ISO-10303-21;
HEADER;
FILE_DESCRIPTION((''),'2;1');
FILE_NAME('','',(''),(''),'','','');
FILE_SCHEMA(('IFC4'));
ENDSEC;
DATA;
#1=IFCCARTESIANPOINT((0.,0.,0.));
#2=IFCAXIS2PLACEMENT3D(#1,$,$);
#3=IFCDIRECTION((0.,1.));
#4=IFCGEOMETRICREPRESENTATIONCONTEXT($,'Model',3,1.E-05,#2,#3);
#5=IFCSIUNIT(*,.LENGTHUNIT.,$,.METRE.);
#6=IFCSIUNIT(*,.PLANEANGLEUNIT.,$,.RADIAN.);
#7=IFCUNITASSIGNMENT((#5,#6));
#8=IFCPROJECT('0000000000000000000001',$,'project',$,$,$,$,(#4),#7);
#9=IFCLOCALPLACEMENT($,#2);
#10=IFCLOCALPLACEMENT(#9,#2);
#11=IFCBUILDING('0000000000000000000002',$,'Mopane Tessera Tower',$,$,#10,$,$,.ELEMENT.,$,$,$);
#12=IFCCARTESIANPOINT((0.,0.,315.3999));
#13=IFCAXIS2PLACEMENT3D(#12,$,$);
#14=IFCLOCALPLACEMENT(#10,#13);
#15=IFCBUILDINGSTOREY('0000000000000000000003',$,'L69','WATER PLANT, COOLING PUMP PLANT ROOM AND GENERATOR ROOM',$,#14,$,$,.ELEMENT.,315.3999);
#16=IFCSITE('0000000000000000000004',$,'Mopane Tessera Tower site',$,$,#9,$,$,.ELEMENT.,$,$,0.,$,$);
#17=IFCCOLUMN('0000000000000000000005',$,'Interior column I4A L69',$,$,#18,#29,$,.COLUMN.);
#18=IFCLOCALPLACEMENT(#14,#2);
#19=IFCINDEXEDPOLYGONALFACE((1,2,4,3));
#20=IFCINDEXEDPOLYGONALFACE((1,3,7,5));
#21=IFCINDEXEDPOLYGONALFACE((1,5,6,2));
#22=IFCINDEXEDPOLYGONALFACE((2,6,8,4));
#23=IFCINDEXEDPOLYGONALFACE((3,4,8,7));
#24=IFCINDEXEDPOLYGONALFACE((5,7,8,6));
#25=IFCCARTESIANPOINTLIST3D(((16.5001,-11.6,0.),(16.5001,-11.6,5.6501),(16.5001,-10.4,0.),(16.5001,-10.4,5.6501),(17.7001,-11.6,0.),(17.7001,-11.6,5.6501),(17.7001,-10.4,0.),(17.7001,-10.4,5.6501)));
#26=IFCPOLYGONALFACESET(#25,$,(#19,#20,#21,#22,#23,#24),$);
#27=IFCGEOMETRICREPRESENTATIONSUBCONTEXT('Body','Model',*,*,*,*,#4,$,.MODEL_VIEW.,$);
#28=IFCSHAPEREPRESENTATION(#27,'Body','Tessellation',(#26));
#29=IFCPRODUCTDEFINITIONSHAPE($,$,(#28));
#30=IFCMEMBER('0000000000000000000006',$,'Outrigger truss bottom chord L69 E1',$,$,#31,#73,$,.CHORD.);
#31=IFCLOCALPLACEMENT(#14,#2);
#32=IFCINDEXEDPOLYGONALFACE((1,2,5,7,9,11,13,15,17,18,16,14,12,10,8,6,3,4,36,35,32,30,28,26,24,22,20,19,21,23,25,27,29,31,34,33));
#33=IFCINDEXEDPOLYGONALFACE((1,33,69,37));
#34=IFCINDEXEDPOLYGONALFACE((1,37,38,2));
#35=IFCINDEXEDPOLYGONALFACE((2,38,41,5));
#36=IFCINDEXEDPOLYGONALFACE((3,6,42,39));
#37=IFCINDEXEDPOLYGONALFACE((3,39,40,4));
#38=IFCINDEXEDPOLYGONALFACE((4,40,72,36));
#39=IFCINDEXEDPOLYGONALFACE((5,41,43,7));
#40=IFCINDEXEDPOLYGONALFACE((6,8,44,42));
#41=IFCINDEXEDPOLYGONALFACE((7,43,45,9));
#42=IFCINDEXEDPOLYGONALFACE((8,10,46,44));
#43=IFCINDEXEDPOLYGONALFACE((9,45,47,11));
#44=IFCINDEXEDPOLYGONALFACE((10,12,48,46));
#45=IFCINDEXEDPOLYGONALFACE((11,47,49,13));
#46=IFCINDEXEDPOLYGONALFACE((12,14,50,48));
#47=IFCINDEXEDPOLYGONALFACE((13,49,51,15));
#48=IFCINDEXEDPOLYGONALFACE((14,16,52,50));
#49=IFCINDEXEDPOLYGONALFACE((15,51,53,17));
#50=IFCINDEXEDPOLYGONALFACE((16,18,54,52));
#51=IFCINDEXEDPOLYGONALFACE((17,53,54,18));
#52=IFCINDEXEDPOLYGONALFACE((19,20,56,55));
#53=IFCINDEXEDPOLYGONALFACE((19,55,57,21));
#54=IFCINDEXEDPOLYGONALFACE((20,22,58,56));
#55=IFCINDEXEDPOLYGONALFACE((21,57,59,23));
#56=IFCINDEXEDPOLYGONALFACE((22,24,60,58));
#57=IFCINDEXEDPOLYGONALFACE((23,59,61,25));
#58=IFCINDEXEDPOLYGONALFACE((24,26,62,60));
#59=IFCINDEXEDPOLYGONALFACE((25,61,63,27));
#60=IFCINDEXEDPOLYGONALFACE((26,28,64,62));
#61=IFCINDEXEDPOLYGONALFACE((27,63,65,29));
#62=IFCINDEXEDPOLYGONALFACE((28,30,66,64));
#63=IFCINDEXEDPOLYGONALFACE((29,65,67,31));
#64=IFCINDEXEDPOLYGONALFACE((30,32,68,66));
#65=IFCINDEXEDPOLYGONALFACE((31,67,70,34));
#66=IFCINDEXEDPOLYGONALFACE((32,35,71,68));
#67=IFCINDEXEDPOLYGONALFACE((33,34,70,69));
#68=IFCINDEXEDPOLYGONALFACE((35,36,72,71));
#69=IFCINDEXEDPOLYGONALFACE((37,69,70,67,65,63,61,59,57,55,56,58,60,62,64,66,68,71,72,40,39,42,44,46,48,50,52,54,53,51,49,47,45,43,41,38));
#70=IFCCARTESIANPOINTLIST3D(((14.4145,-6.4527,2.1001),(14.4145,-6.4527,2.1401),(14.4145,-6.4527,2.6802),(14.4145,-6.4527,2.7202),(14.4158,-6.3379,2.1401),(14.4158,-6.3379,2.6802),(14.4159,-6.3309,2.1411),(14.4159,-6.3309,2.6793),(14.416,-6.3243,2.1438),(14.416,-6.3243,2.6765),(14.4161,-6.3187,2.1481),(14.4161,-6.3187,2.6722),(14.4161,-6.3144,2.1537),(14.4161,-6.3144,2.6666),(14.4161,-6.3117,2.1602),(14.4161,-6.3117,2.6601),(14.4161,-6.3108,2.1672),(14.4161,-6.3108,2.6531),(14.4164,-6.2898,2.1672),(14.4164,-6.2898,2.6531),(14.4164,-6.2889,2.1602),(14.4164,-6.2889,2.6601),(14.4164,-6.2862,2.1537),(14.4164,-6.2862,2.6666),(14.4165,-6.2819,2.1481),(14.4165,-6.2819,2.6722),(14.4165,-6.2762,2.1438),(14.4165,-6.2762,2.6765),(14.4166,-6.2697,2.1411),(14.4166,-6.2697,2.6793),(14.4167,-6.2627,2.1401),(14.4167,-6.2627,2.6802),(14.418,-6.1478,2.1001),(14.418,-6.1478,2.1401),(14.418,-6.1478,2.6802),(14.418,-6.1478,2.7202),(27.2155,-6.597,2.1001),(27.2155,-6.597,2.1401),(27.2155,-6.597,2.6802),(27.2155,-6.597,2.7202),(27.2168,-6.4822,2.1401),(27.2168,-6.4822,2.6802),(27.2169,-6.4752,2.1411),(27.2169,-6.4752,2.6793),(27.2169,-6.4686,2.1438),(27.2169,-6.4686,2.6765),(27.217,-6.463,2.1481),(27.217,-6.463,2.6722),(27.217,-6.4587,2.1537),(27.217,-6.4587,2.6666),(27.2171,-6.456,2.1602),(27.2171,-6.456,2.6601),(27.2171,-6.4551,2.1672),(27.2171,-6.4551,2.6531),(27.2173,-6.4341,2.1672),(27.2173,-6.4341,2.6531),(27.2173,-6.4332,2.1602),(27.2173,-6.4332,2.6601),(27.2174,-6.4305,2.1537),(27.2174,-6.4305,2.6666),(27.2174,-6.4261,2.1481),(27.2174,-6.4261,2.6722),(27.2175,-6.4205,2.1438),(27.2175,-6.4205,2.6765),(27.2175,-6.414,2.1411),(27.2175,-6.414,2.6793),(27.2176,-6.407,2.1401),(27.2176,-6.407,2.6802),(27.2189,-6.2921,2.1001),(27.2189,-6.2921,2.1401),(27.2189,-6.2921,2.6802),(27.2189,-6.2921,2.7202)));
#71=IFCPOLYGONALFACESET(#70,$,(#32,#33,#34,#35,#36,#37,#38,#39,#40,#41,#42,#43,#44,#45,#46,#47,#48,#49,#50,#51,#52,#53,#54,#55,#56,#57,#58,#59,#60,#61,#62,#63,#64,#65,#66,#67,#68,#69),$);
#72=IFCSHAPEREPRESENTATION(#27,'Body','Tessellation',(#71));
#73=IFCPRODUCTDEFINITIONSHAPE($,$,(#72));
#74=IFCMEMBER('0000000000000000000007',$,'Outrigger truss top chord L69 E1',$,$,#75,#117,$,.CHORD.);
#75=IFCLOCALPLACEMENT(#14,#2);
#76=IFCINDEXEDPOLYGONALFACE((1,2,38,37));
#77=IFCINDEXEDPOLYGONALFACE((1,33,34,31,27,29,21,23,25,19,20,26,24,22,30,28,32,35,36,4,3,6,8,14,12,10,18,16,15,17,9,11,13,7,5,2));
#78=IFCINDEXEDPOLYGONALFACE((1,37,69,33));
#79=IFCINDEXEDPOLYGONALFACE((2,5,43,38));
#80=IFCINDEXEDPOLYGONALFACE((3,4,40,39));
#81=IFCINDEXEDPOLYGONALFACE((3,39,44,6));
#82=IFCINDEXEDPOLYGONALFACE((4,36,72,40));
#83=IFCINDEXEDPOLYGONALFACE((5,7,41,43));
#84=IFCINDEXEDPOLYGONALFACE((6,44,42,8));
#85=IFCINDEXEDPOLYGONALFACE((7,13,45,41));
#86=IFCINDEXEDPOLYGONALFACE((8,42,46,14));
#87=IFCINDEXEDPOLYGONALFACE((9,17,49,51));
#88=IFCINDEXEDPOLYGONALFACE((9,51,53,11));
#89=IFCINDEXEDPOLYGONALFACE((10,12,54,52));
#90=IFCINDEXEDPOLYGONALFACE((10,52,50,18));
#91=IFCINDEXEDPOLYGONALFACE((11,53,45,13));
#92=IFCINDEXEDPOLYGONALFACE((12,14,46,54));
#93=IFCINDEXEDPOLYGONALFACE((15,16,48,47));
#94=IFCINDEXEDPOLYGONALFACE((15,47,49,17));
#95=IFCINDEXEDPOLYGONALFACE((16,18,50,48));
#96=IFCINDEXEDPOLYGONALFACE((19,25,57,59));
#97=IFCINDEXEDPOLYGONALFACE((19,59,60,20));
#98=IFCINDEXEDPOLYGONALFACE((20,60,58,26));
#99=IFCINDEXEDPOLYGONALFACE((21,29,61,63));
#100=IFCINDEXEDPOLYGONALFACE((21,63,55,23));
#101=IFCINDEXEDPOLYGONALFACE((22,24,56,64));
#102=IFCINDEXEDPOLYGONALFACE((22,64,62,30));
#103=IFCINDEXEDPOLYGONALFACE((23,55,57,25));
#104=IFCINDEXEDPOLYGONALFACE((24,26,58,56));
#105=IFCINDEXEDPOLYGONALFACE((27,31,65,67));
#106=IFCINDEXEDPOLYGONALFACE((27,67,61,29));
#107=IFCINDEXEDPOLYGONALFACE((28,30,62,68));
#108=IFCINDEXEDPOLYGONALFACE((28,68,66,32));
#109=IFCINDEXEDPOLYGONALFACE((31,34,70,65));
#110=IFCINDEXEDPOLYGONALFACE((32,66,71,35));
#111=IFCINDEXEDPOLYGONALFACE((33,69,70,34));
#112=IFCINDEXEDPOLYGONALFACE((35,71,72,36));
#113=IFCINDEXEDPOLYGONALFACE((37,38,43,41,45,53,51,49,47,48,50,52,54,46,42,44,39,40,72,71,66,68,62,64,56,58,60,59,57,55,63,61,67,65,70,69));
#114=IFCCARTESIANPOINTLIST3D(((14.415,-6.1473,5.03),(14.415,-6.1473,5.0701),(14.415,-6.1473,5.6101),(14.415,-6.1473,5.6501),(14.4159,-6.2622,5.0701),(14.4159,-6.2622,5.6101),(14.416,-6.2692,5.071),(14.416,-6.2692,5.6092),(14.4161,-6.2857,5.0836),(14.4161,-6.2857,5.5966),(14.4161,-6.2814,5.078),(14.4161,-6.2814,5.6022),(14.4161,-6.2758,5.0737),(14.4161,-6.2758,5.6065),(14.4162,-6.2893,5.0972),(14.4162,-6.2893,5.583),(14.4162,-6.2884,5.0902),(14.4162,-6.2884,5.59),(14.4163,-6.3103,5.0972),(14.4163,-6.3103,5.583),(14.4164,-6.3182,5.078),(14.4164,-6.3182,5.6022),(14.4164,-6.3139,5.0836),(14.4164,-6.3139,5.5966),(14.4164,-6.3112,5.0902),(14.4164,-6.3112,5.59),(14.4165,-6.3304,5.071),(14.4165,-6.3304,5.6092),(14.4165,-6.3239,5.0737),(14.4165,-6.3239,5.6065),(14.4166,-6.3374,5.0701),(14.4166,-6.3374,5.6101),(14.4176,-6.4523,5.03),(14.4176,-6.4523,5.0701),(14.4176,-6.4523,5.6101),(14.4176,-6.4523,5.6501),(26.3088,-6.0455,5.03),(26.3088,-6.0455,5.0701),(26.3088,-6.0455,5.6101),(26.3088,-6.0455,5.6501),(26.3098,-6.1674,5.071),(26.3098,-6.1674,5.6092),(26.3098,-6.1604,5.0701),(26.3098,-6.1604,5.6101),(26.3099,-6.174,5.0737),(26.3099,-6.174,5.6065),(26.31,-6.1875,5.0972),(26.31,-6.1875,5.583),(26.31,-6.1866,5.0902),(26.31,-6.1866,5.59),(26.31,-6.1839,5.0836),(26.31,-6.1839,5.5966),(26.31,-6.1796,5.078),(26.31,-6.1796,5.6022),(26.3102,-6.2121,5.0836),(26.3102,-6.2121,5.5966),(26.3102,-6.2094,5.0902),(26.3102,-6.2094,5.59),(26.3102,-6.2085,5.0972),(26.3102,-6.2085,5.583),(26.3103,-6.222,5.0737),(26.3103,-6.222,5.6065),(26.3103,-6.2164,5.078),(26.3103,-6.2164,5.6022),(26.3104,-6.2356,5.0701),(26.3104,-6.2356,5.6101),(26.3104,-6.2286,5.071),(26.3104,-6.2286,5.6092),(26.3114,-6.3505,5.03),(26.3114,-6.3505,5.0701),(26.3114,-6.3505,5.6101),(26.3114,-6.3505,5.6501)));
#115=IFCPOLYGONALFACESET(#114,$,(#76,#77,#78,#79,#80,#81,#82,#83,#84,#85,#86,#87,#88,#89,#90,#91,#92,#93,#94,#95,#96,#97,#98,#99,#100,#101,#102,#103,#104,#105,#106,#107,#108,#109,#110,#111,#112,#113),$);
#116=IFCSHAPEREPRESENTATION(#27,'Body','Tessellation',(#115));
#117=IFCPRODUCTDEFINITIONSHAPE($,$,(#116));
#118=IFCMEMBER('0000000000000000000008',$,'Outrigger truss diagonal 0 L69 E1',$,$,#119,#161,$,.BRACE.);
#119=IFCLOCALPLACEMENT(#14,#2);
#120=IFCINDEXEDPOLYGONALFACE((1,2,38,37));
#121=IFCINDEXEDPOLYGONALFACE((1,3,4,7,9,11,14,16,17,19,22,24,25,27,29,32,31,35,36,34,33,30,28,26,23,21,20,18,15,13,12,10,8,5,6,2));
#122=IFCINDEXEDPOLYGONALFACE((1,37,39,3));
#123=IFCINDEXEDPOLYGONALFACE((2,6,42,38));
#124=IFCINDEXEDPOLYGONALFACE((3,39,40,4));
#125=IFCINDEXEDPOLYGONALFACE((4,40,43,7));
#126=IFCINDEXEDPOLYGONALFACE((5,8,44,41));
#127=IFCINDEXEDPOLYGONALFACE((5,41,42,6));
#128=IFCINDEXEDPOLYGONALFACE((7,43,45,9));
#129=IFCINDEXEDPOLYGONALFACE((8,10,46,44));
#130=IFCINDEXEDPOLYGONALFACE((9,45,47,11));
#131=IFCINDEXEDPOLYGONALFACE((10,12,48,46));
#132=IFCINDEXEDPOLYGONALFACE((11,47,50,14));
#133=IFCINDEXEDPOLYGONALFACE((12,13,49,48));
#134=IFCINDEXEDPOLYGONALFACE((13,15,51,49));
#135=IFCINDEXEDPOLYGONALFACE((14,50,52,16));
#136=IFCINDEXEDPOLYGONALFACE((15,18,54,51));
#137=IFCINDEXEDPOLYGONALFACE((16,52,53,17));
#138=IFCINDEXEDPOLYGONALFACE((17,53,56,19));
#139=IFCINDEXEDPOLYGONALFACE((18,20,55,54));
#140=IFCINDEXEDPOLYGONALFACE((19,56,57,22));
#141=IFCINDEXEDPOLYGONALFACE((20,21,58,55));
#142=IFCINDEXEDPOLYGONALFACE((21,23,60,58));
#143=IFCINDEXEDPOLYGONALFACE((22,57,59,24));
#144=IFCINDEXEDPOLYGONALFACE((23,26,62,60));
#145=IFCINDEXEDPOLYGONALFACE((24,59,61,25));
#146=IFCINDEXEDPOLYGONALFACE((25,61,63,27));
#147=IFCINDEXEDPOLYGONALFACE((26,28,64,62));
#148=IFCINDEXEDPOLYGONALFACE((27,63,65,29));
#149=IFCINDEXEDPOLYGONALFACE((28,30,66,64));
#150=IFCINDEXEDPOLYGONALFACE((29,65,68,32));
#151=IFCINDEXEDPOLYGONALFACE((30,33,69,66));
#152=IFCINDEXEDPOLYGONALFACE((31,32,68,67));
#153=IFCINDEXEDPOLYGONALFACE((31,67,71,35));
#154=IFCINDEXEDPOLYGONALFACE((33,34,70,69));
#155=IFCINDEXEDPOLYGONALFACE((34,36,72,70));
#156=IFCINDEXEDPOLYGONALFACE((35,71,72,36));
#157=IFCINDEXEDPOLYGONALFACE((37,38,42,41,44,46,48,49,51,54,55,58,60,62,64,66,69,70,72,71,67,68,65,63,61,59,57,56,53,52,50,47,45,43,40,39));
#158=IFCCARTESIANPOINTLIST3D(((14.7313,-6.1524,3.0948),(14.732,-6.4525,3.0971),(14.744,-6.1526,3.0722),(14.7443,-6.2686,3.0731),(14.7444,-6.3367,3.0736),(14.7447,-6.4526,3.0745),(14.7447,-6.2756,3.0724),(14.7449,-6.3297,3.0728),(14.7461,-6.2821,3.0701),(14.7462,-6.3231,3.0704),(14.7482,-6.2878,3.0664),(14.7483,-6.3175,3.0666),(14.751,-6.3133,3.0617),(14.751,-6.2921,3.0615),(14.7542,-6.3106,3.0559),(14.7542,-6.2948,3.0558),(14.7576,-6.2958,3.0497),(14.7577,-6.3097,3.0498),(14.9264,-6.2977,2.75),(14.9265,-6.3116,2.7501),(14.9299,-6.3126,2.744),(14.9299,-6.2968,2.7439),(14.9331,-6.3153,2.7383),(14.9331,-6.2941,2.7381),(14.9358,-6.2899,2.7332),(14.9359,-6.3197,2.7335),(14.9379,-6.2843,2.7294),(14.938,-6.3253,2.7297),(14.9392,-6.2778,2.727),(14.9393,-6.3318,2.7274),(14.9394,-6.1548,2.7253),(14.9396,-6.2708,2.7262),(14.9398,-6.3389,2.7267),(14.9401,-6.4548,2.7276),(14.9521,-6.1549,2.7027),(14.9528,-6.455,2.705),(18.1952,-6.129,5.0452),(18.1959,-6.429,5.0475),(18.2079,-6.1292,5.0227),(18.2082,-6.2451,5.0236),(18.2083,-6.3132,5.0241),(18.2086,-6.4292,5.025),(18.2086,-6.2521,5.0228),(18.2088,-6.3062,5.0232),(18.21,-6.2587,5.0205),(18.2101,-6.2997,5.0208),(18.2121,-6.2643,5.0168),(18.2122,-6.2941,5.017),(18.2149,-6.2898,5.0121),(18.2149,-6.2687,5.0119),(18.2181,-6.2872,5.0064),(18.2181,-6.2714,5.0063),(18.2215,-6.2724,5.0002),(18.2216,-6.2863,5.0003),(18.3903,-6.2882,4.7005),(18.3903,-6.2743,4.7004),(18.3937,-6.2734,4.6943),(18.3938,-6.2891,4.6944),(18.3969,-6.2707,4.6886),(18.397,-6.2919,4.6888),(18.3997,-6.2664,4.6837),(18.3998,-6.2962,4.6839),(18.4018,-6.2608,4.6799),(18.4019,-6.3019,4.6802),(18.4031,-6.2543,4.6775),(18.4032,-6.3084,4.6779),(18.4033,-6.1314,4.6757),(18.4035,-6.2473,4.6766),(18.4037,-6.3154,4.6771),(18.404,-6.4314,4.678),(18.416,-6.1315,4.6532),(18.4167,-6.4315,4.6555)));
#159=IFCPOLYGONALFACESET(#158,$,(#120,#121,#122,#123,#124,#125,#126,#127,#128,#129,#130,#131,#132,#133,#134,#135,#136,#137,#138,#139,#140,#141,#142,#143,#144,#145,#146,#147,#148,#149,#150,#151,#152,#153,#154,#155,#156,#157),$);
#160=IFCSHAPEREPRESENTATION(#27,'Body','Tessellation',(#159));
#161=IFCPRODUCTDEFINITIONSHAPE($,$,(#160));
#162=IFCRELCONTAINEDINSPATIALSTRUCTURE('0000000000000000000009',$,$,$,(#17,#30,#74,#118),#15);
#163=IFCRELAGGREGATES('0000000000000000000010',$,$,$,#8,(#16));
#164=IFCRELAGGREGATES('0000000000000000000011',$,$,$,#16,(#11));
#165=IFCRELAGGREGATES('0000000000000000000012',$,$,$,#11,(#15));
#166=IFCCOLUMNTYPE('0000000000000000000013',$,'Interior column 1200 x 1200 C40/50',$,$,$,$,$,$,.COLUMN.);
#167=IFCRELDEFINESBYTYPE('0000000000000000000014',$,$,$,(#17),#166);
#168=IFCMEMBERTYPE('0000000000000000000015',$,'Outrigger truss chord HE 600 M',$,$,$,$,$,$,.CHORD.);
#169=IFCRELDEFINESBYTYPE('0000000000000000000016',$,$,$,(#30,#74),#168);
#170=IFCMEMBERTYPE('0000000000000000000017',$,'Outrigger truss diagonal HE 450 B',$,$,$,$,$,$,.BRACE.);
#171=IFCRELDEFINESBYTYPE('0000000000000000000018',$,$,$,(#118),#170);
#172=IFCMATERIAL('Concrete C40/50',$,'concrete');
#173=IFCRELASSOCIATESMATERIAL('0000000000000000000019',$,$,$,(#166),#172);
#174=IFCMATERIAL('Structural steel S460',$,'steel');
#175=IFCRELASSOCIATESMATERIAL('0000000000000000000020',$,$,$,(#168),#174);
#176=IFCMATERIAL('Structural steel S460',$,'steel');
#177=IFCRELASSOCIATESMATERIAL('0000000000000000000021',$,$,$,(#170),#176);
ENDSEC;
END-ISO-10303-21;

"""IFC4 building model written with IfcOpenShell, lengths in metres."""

from ifc_helpers import new_model, si_unit, direction, frame, origin, origin_2d, place, context, subcontext, project, spatial, rectangle, i_section, extrude, material, material_profile, profile_set, type_object, element, save


model = new_model("IFC4")

# Units and contexts
model_context = context("Model", 3, precision=1e-05, world=origin(), true_north=direction((0.0, 1.0)))
body_context = subcontext(model_context, "Body", "Model", "MODEL_VIEW")
ifc_project = project(units=[si_unit("LENGTHUNIT", "METRE"), si_unit("PLANEANGLEUNIT", "RADIAN")], contexts=[model_context])

# Site, building, storey
site_placement = place(None, origin())
site = spatial("IfcSite", under=ifc_project, at=site_placement, Name="Mopane Tessera Tower site", CompositionType="ELEMENT", RefElevation=0.0)
building_placement = place(site_placement, origin())
building = spatial("IfcBuilding", under=site, at=building_placement, Name="Mopane Tessera Tower", CompositionType="ELEMENT")
storey_placement = place(building_placement, frame((0.0, 0.0, 315.3999)))
storey = spatial("IfcBuildingStorey", under=building, at=storey_placement, Name="L69", Description="WATER PLANT, COOLING PUMP PLANT ROOM AND GENERATOR ROOM", CompositionType="ELEMENT", Elevation=315.3999)

# Column
ifc_material_1 = material(Name="Concrete C40/50", Category="concrete")
ifc_material_profile_1 = material_profile(ifc_material_1, rectangle(XDim=1.2, YDim=1.2, at=origin_2d()))
ifc_profile_set_1 = profile_set([ifc_material_profile_1], Name="Concrete C40/50")
column_type = type_object("IfcColumnType", Name="Interior column 1200 x 1200 C40/50", PredefinedType="COLUMN", material=ifc_profile_set_1)
column_placement = place(storey_placement, frame((17.1001, -11.0, 0.0), z_axis=(0.0, 0.0, 1.0), x_axis=(1.0, 0.0, 0.0)))
element("IfcColumn", 1, at=column_placement, inside=storey, type_object=column_type, Name="Interior column I4A L69", PredefinedType="COLUMN", context=body_context, shape_type="SweptSolid", body=[
    extrude(rectangle(XDim=1.2, YDim=1.2, at=origin_2d()), origin(), (0.0, 0.0, 1.0), 5.6501),
])

# Members
ifc_material_2 = material(Name="Structural steel S460", Category="steel")
ifc_material_profile_2 = material_profile(ifc_material_2, i_section(OverallWidth=0.3049, OverallDepth=0.6201, WebThickness=0.021, FlangeThickness=0.04, FilletRadius=0.0271, at=origin_2d()))
ifc_profile_set_2 = profile_set([ifc_material_profile_2], Name="Structural steel S460")
member_type_1 = type_object("IfcMemberType", Name="Outrigger truss chord HE 600 M", PredefinedType="CHORD", material=ifc_profile_set_2)
member_1_placement = place(storey_placement, frame((14.4163, -6.3003, 2.4102), z_axis=(0.999936, -0.011271, 0.0), x_axis=(0.011271, 0.999936, 0.0)))
element("IfcMember", 2, at=member_1_placement, inside=storey, type_object=member_type_1, Name="Outrigger truss bottom chord L69 E1", PredefinedType="CHORD", context=body_context, shape_type="SweptSolid", body=[
    extrude(i_section(OverallWidth=0.3049, OverallDepth=0.6201, WebThickness=0.021, FlangeThickness=0.04, FilletRadius=0.0271, at=origin_2d()), origin(), (0.0, 0.0, 1.0), 12.8018),
])
member_2_placement = place(storey_placement, frame((14.4163, -6.2998, 5.3401), z_axis=(0.999963, 0.008559, 0.0), x_axis=(-0.008559, 0.999963, 0.0)))
element("IfcMember", 3, at=member_2_placement, inside=storey, type_object=member_type_1, Name="Outrigger truss top chord L69 E1", PredefinedType="CHORD", context=body_context, shape_type="SweptSolid", body=[
    extrude(i_section(OverallWidth=0.3049, OverallDepth=0.6201, WebThickness=0.021, FlangeThickness=0.04, FilletRadius=0.0271, at=origin_2d()), origin(), (0.0, 0.0, 1.0), 11.8943),
])
ifc_material_3 = material(Name="Structural steel S460", Category="steel")
ifc_material_profile_3 = material_profile(ifc_material_3, i_section(OverallWidth=0.3, OverallDepth=0.45, WebThickness=0.0139, FlangeThickness=0.0259, FilletRadius=0.0271, at=origin_2d()))
ifc_profile_set_3 = profile_set([ifc_material_profile_3], Name="Structural steel S460")
member_type_2 = type_object("IfcMemberType", Name="Outrigger truss diagonal HE 450 B", PredefinedType="BRACE", material=ifc_profile_set_3)
member_3_placement = place(storey_placement, frame((14.842, -6.3037, 2.8999), z_axis=(0.871344, 0.005896, 0.490638), x_axis=(-0.002425, 0.999967, -0.007709)))
element("IfcMember", 4, at=member_3_placement, inside=storey, type_object=member_type_2, Name="Outrigger truss diagonal 0 L69 E1", PredefinedType="BRACE", context=body_context, shape_type="SweptSolid", body=[
    extrude(i_section(OverallWidth=0.3, OverallDepth=0.45, WebThickness=0.0139, FlangeThickness=0.0259, FilletRadius=0.0271, at=origin_2d()), origin(), (0.0, 0.0, 1.0), 3.9753),
])

save(model, "model.ifc")
